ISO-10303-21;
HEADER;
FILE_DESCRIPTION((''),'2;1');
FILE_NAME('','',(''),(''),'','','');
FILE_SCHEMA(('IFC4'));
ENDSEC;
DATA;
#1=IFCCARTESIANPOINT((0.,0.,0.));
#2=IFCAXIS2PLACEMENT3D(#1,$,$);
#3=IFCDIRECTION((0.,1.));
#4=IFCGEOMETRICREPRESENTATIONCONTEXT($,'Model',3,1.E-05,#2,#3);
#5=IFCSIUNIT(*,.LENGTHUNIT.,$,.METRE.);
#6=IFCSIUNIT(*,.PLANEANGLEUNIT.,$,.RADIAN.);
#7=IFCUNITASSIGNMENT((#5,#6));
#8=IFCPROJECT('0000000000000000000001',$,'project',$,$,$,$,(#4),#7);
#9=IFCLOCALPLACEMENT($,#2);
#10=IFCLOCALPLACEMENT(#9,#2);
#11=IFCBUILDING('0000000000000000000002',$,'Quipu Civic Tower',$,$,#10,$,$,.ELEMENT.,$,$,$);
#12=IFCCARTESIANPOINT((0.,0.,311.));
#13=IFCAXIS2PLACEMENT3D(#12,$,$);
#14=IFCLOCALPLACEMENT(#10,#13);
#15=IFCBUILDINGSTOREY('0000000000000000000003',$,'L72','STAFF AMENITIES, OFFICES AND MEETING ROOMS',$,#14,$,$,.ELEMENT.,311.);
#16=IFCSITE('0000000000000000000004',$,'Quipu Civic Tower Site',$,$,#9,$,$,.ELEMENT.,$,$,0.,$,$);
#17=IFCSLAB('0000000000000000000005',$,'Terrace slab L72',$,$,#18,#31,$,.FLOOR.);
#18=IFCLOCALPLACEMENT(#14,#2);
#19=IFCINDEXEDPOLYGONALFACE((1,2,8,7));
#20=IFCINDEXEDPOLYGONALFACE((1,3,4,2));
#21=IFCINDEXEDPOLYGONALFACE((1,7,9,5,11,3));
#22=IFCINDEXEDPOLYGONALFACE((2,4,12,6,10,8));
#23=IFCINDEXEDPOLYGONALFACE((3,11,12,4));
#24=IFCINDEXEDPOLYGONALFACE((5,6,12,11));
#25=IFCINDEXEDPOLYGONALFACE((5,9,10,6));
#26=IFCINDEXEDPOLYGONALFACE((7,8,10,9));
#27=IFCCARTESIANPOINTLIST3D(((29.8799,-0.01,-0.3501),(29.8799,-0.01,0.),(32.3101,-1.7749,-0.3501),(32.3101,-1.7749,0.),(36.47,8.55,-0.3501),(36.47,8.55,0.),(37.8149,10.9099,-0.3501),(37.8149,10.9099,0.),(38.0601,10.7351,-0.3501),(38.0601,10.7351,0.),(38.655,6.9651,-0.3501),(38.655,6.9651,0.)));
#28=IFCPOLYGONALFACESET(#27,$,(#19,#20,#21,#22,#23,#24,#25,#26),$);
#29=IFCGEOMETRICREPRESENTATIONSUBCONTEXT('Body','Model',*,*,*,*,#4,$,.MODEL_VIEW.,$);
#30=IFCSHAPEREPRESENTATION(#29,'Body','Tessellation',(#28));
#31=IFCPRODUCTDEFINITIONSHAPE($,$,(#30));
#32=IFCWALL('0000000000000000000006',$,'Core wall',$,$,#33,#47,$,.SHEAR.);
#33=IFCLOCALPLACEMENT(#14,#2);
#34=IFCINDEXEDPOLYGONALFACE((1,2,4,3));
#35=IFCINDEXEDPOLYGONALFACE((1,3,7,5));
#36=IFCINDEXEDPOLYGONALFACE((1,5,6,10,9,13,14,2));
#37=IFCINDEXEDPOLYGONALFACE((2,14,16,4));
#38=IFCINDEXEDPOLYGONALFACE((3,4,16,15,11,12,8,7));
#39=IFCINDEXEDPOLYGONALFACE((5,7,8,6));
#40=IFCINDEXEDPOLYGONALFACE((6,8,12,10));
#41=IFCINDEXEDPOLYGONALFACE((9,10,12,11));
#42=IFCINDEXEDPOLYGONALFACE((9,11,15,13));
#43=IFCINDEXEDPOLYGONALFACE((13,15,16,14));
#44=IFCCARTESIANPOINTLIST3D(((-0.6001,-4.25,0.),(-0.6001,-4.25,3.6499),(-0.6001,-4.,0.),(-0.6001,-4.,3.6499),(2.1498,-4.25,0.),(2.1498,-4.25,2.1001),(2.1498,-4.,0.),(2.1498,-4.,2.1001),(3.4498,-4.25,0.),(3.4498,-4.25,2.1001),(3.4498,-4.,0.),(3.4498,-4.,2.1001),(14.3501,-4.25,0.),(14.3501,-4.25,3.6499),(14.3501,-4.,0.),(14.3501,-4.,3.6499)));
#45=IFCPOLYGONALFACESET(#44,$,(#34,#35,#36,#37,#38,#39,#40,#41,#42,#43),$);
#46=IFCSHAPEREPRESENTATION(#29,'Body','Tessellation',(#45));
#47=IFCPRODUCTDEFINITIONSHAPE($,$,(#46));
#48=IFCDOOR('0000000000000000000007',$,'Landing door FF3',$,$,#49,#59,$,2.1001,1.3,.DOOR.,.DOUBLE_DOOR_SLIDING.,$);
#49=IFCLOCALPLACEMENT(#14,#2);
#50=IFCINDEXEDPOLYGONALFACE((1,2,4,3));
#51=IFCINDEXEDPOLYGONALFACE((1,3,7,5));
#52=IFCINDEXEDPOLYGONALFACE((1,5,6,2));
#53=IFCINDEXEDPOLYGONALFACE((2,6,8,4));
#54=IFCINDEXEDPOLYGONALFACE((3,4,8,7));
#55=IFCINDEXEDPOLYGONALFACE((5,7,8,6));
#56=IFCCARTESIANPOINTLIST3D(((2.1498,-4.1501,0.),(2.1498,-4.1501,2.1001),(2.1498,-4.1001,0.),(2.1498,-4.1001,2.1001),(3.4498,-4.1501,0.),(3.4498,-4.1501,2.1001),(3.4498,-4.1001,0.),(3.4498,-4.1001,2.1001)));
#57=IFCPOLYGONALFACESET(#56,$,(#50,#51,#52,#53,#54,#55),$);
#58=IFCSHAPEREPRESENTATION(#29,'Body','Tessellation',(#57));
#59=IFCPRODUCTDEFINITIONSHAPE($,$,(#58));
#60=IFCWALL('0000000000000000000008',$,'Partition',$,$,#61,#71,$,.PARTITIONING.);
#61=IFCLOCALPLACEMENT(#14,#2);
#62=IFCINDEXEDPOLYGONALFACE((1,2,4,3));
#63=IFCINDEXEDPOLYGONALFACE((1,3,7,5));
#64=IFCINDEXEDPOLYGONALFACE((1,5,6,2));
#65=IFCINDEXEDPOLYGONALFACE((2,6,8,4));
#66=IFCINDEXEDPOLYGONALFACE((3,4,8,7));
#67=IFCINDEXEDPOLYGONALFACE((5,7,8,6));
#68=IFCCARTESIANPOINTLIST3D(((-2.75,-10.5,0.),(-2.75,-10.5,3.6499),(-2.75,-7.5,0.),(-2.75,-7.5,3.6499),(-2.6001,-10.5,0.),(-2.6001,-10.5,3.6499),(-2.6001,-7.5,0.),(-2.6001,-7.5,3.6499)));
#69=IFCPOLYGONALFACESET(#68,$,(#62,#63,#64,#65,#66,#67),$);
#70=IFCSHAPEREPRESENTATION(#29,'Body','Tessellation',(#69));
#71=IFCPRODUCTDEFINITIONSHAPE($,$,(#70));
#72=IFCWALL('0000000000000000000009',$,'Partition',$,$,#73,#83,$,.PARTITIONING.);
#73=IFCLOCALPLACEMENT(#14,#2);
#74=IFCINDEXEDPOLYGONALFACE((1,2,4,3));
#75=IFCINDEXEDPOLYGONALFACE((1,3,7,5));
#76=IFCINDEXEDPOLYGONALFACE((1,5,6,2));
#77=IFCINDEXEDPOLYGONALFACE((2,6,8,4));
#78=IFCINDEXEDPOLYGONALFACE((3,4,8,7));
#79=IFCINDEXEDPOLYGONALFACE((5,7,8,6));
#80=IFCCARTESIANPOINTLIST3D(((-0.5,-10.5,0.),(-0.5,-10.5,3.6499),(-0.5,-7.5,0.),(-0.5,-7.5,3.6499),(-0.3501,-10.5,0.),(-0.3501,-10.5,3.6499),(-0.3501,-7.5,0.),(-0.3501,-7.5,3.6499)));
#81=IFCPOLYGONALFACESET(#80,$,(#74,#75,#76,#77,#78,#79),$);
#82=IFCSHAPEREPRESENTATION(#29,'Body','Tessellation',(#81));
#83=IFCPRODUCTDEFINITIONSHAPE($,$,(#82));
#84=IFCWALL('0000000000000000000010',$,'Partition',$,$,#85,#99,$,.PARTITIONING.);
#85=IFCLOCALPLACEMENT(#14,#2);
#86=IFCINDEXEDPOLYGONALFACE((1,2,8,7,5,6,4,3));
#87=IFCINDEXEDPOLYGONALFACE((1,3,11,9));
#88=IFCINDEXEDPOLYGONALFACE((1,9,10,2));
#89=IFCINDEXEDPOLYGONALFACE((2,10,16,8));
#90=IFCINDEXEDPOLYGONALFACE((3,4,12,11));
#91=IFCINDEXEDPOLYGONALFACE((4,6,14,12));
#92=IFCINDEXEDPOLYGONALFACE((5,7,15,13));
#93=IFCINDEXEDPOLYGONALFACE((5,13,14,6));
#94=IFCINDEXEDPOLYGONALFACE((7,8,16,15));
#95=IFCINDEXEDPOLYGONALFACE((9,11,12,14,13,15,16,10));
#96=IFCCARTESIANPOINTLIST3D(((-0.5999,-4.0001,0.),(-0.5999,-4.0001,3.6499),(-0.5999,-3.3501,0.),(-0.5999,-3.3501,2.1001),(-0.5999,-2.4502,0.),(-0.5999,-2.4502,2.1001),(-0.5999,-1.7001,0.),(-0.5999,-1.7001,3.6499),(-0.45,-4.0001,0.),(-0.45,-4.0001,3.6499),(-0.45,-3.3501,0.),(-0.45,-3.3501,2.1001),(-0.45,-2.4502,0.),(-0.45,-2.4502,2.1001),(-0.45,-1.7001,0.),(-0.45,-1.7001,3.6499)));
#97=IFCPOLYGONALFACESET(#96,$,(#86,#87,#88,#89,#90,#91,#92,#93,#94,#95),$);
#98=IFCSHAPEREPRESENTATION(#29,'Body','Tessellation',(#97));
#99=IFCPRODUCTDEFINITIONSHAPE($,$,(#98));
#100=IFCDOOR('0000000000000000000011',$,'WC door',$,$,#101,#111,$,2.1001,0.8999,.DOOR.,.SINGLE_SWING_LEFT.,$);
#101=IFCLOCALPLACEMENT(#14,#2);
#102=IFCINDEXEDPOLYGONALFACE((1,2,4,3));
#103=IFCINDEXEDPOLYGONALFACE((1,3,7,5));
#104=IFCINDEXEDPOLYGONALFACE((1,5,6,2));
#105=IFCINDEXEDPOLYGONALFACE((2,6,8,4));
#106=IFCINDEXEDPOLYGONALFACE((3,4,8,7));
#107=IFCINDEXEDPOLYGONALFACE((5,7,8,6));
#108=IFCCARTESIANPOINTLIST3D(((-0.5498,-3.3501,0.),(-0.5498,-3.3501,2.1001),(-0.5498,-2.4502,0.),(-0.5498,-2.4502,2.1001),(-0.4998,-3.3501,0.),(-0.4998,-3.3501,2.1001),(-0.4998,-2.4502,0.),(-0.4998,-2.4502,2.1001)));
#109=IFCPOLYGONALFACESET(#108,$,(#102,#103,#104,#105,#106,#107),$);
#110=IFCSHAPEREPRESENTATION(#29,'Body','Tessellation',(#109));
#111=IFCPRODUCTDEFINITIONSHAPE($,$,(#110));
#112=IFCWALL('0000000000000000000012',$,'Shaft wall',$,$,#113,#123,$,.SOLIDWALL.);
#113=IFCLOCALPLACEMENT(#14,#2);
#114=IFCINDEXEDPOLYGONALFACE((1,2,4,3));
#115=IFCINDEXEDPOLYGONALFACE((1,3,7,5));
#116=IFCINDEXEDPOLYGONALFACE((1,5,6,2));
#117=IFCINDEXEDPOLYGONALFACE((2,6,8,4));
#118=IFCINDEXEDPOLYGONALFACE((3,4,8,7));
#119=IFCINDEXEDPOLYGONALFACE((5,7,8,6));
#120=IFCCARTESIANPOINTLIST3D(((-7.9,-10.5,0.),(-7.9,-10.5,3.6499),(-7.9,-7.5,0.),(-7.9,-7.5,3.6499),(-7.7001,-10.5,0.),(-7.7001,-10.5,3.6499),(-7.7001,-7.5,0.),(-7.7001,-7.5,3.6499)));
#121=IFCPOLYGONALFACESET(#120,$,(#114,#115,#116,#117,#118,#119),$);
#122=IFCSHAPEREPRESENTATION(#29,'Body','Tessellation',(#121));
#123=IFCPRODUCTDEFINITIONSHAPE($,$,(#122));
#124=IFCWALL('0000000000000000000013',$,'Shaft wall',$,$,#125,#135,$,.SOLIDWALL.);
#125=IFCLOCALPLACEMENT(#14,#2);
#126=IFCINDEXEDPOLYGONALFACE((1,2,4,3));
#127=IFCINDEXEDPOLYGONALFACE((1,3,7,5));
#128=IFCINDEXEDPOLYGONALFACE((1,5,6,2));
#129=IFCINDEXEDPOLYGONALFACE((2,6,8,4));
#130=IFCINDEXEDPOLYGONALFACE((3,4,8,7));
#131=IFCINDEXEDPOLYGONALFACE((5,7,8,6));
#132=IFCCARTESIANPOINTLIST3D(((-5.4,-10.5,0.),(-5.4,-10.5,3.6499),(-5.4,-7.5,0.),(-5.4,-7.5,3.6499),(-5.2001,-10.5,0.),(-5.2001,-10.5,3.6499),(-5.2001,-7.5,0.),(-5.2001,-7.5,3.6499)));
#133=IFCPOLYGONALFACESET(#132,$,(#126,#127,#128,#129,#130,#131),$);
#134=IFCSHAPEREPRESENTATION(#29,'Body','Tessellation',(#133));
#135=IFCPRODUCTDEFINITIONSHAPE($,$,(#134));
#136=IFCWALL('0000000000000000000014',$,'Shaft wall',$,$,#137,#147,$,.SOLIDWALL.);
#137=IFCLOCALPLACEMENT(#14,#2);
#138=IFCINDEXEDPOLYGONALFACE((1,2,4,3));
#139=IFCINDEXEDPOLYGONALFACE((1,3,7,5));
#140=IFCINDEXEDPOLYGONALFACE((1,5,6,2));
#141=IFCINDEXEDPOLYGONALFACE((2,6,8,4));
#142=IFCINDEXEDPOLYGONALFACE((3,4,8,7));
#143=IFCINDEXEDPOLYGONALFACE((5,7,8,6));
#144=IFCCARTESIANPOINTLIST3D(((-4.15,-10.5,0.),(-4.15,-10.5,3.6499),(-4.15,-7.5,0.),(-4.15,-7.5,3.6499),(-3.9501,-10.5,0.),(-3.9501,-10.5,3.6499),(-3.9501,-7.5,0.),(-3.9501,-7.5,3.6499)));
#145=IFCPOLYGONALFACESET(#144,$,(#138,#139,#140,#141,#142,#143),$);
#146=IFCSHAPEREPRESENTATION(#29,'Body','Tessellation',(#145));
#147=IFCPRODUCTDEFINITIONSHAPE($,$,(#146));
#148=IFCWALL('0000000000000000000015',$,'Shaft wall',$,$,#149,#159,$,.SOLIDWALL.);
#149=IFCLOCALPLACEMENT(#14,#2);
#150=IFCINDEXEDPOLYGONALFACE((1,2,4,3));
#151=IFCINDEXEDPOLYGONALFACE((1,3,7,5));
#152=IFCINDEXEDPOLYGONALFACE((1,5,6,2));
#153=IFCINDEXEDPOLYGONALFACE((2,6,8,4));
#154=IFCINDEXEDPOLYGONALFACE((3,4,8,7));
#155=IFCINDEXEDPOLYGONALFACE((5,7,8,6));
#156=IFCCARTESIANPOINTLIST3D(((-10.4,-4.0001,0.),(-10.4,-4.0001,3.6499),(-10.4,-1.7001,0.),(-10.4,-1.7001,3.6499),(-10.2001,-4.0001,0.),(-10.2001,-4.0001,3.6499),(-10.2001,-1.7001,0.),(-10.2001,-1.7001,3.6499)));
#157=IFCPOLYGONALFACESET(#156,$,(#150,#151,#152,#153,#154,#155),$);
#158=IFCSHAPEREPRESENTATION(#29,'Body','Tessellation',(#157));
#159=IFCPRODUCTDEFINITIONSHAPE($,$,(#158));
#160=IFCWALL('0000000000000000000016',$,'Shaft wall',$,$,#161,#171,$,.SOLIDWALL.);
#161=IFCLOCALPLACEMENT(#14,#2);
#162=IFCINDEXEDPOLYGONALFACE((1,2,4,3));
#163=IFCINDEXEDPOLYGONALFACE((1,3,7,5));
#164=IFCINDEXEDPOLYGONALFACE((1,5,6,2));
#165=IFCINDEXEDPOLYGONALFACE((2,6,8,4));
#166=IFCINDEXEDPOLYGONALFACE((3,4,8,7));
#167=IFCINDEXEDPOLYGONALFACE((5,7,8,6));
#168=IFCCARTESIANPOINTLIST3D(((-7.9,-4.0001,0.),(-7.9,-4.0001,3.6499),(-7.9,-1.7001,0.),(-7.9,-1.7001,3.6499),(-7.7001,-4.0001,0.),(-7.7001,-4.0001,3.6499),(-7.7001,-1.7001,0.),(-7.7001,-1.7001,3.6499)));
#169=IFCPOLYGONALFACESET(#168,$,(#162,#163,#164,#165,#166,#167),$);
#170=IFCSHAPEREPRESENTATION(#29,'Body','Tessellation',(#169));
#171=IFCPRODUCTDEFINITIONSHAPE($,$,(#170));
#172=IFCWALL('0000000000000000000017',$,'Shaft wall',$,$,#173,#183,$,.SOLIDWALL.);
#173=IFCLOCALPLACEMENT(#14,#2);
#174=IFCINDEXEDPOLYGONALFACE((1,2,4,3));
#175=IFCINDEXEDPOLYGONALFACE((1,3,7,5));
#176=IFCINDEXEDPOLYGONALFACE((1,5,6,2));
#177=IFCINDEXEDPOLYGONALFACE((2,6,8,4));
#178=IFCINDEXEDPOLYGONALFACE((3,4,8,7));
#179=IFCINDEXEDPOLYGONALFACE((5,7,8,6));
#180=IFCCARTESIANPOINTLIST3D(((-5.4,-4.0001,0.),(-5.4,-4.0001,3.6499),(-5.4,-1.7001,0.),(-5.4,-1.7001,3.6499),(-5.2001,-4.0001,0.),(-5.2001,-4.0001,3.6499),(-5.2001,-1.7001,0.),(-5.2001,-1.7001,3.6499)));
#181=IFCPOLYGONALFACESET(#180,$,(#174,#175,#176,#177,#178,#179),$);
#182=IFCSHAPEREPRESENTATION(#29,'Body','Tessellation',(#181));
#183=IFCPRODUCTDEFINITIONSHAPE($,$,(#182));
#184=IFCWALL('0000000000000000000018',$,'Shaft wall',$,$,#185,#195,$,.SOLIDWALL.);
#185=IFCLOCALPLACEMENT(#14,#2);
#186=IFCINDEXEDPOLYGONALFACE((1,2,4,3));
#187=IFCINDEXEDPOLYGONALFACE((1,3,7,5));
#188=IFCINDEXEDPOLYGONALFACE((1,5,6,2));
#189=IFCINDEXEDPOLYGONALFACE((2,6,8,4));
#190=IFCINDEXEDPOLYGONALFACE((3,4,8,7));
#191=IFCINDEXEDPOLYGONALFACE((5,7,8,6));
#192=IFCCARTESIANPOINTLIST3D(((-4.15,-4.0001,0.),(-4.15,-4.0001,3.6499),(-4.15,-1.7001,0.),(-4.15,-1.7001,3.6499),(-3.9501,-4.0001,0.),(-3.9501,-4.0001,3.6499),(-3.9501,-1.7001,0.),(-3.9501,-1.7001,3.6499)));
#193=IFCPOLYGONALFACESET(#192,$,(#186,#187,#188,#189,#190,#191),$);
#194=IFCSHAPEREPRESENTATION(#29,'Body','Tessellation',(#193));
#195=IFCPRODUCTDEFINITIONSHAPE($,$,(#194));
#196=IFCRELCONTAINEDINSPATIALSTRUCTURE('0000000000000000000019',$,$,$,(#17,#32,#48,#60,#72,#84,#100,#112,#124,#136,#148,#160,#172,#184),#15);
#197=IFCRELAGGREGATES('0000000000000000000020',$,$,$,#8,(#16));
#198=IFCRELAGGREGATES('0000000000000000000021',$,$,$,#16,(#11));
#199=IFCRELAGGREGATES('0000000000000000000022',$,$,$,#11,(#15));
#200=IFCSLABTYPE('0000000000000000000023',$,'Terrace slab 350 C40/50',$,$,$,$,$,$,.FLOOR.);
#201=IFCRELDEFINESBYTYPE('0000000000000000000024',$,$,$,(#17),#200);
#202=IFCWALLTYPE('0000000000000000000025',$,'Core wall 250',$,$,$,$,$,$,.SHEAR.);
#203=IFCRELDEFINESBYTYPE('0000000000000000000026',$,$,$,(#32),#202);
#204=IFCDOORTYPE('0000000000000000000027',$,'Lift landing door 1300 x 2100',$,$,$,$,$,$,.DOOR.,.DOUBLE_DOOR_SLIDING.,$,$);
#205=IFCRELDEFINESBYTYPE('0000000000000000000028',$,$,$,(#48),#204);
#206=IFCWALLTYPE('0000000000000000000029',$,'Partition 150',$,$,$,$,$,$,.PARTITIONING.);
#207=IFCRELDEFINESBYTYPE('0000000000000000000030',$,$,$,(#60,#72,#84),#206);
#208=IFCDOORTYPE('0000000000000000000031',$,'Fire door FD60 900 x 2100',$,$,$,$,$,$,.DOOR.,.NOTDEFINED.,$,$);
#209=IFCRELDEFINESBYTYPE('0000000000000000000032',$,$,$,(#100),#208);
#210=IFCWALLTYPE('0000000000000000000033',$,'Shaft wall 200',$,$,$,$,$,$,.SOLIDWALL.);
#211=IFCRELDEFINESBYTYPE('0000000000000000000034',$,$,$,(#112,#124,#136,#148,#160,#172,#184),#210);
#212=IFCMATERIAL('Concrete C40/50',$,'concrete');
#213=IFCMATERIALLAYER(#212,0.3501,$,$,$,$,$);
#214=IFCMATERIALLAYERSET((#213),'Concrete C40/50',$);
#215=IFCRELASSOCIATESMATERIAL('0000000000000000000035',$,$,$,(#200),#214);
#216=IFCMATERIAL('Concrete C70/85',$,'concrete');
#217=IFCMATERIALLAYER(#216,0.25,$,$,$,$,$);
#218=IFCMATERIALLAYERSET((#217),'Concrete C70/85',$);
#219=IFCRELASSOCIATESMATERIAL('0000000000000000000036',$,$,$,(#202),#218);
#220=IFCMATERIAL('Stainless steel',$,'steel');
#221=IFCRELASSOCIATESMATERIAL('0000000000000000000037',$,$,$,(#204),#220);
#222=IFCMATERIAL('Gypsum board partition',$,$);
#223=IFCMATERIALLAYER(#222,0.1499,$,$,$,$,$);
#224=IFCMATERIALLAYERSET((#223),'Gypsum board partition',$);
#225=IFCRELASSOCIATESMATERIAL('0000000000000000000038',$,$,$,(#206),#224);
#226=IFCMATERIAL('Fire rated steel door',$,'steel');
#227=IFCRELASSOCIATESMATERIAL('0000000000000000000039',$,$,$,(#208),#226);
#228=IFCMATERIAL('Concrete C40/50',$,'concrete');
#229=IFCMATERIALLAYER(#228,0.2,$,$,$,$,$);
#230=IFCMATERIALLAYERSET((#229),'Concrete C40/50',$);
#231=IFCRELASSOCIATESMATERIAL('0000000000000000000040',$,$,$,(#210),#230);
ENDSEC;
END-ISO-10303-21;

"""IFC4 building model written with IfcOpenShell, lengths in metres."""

from ifc_helpers import new_model, si_unit, direction, frame, frame_2d, origin, place, context, subcontext, project, spatial, polyline, rectangle, outline, extrude, material, layer, layer_set, type_object, element, fill, save


model = new_model("IFC4")

# Units and contexts
model_context = context("Model", 3, precision=1e-05, world=origin(), true_north=direction((0.0, 1.0)))
body_context = subcontext(model_context, "Body", "Model", "MODEL_VIEW")
ifc_project = project(units=[si_unit("LENGTHUNIT", "METRE"), si_unit("PLANEANGLEUNIT", "RADIAN")], contexts=[model_context])

# Site, building, storey
site_placement = place(None, origin())
site = spatial("IfcSite", under=ifc_project, at=site_placement, Name="Quipu Civic Tower Site", CompositionType="ELEMENT", RefElevation=0.0)
building_placement = place(site_placement, origin())
building = spatial("IfcBuilding", under=site, at=building_placement, Name="Quipu Civic Tower", CompositionType="ELEMENT")
storey_placement = place(building_placement, frame((0.0, 0.0, 311.0)))
storey = spatial("IfcBuildingStorey", under=building, at=storey_placement, Name="L72", Description="STAFF AMENITIES, OFFICES AND MEETING ROOMS", CompositionType="ELEMENT", Elevation=311.0)

# Slab
ifc_material_1 = material(Name="Concrete C40/50", Category="concrete")
ifc_layer_1 = layer(ifc_material_1, 0.3501)
ifc_layer_set_1 = layer_set([ifc_layer_1], Name="Concrete C40/50")
slab_type_1 = type_object("IfcSlabType", Name="Terrace slab 350 C40/50", PredefinedType="FLOOR", material=ifc_layer_set_1)
slab_1_placement = place(storey_placement, frame((0.0, 0.0, -0.3501)))
element("IfcSlab", 1, at=slab_1_placement, inside=storey, type_object=slab_type_1, Name="Terrace slab L72", PredefinedType="FLOOR", context=body_context, shape_type="SweptSolid", body=[
    extrude(outline(polyline([(38.0601, 10.7351), (36.47, 8.55), (38.655, 6.9651), (32.3101, -1.7749), (29.8799, -0.01), (37.8149, 10.9099), (38.0601, 10.7351)])), origin(), (0.0, 0.0, 1.0), 0.3501),
])

# Wall, opening, door
ifc_material_2 = material(Name="Concrete C70/85", Category="concrete")
ifc_layer_2 = layer(ifc_material_2, 0.25)
ifc_layer_set_2 = layer_set([ifc_layer_2], Name="Concrete C70/85")
wall_type_1 = type_object("IfcWallType", Name="Core wall 250", PredefinedType="SHEAR", material=ifc_layer_set_2)
wall_1_placement = place(storey_placement, frame((-0.6001, -4.125, 0.0), z_axis=(0.0, 0.0, 1.0), x_axis=(1.0, 0.0, 0.0)))
wall_1 = element("IfcWall", 2, at=wall_1_placement, inside=storey, type_object=wall_type_1, Name="Core wall", PredefinedType="SHEAR", context=body_context, shape_type="SweptSolid", body=[
    extrude(rectangle(XDim=14.9502, YDim=0.25, at=frame_2d((7.4751, 0.0))), origin(), (0.0, 0.0, 1.0), 3.6499),
])
opening_1_placement = place(wall_1_placement, frame((2.75, 0.0, 0.0)))
opening_1 = element("IfcOpeningElement", 3, at=opening_1_placement, cuts=wall_1, PredefinedType="OPENING", context=body_context, shape_type="SweptSolid", body=[
    extrude(rectangle(XDim=1.3, YDim=2.1001, at=frame_2d((0.6499, 1.05))), frame((0.0, 0.135, 0.0), z_axis=(0.0, -1.0, 0.0), x_axis=(1.0, 0.0, 0.0)), (0.0, 0.0, 1.0), 0.27),
])
ifc_material_3 = material(Name="Stainless steel", Category="steel")
door_type_1 = type_object("IfcDoorType", Name="Lift landing door 1300 x 2100", OperationType="DOUBLE_DOOR_SLIDING", PredefinedType="DOOR", material=ifc_material_3)
door_1_placement = place(opening_1_placement, origin())
door_1 = element("IfcDoor", 4, at=door_1_placement, inside=storey, type_object=door_type_1, Name="Landing door FF3", OperationType="DOUBLE_DOOR_SLIDING", OverallHeight=2.1001, OverallWidth=1.3, PredefinedType="DOOR", context=body_context, shape_type="SweptSolid", body=[
    extrude(rectangle(XDim=1.3, YDim=2.1001, at=frame_2d((0.6499, 1.05))), frame((0.0, 0.0249, 0.0), z_axis=(0.0, -1.0, 0.0), x_axis=(1.0, 0.0, 0.0)), (0.0, 0.0, 1.0), 0.05),
])
fill(opening_1, door_1)

# Walls
ifc_material_4 = material(Name="Gypsum board partition")
ifc_layer_3 = layer(ifc_material_4, 0.1499)
ifc_layer_set_3 = layer_set([ifc_layer_3], Name="Gypsum board partition")
wall_type_2 = type_object("IfcWallType", Name="Partition 150", PredefinedType="PARTITIONING", material=ifc_layer_set_3)
for number, where, z_axis, x_axis, name in (
    (5, (-2.675, -10.5, 0.0), (0.0, 0.0, 1.0), (0.0, 1.0, 0.0), "Partition"),
    (6, (-0.425, -10.5, 0.0), (0.0, 0.0, 1.0), (0.0, 1.0, 0.0), "Partition"),
):
    element("IfcWall", number, at=place(storey_placement, frame(where, z_axis=z_axis, x_axis=x_axis)), inside=storey, type_object=wall_type_2, Name=name, PredefinedType="PARTITIONING", context=body_context, shape_type="SweptSolid", body=[
        extrude(rectangle(XDim=3.0, YDim=0.1499, at=frame_2d((1.5, 0.0))), origin(), (0.0, 0.0, 1.0), 3.6499),
    ])

# Wall, opening, door
wall_2_placement = place(storey_placement, frame((-0.5249, -4.0, 0.0), z_axis=(0.0, 0.0, 1.0), x_axis=(0.0, 1.0, 0.0)))
wall_2 = element("IfcWall", 7, at=wall_2_placement, inside=storey, type_object=wall_type_2, Name="Partition", PredefinedType="PARTITIONING", context=body_context, shape_type="SweptSolid", body=[
    extrude(rectangle(XDim=2.3, YDim=0.1499, at=frame_2d((1.1499, 0.0))), origin(), (0.0, 0.0, 1.0), 3.6499),
])
opening_2_placement = place(wall_2_placement, frame((0.6499, 0.0, 0.0)))
opening_2 = element("IfcOpeningElement", 8, at=opening_2_placement, cuts=wall_2, PredefinedType="OPENING", context=body_context, shape_type="SweptSolid", body=[
    extrude(rectangle(XDim=0.8999, YDim=2.1001, at=frame_2d((0.45, 1.05))), frame((0.0, 0.085, 0.0), z_axis=(0.0, -1.0, 0.0), x_axis=(1.0, 0.0, 0.0)), (0.0, 0.0, 1.0), 0.1699),
])
ifc_material_5 = material(Name="Fire rated steel door", Category="steel")
door_type_2 = type_object("IfcDoorType", Name="Fire door FD60 900 x 2100", OperationType="NOTDEFINED", PredefinedType="DOOR", material=ifc_material_5)
door_2_placement = place(opening_2_placement, origin())
door_2 = element("IfcDoor", 9, at=door_2_placement, inside=storey, type_object=door_type_2, Name="WC door", OperationType="SINGLE_SWING_LEFT", OverallHeight=2.1001, OverallWidth=0.8999, PredefinedType="DOOR", context=body_context, shape_type="SweptSolid", body=[
    extrude(rectangle(XDim=0.8999, YDim=2.1001, at=frame_2d((0.45, 1.05))), frame((0.0, 0.0249, 0.0), z_axis=(0.0, -1.0, 0.0), x_axis=(1.0, 0.0, 0.0)), (0.0, 0.0, 1.0), 0.05),
])
fill(opening_2, door_2)

# Walls
ifc_material_6 = material(Name="Concrete C40/50", Category="concrete")
ifc_layer_4 = layer(ifc_material_6, 0.2)
ifc_layer_set_4 = layer_set([ifc_layer_4], Name="Concrete C40/50")
wall_type_3 = type_object("IfcWallType", Name="Shaft wall 200", PredefinedType="SOLIDWALL", material=ifc_layer_set_4)
for number, where, z_axis, x_axis, name in (
    (10, (-7.8, -10.5, 0.0), (0.0, 0.0, 1.0), (0.0, 1.0, 0.0), "Shaft wall"),
    (11, (-5.3, -10.5, 0.0), (0.0, 0.0, 1.0), (0.0, 1.0, 0.0), "Shaft wall"),
    (12, (-4.05, -10.5, 0.0), (0.0, 0.0, 1.0), (0.0, 1.0, 0.0), "Shaft wall"),
):
    element("IfcWall", number, at=place(storey_placement, frame(where, z_axis=z_axis, x_axis=x_axis)), inside=storey, type_object=wall_type_3, Name=name, PredefinedType="SOLIDWALL", context=body_context, shape_type="SweptSolid", body=[
        extrude(rectangle(XDim=3.0, YDim=0.2, at=frame_2d((1.5, 0.0))), origin(), (0.0, 0.0, 1.0), 3.6499),
    ])
for number, where, z_axis, x_axis, name in (
    (13, (-10.3, -4.0, 0.0), (0.0, 0.0, 1.0), (0.0, 1.0, 0.0), "Shaft wall"),
    (14, (-7.8, -4.0, 0.0), (0.0, 0.0, 1.0), (0.0, 1.0, 0.0), "Shaft wall"),
    (15, (-5.3, -4.0, 0.0), (0.0, 0.0, 1.0), (0.0, 1.0, 0.0), "Shaft wall"),
    (16, (-4.05, -4.0, 0.0), (0.0, 0.0, 1.0), (0.0, 1.0, 0.0), "Shaft wall"),
):
    element("IfcWall", number, at=place(storey_placement, frame(where, z_axis=z_axis, x_axis=x_axis)), inside=storey, type_object=wall_type_3, Name=name, PredefinedType="SOLIDWALL", context=body_context, shape_type="SweptSolid", body=[
        extrude(rectangle(XDim=2.3, YDim=0.2, at=frame_2d((1.1499, 0.0))), origin(), (0.0, 0.0, 1.0), 3.6499),
    ])

save(model, "model.ifc")
